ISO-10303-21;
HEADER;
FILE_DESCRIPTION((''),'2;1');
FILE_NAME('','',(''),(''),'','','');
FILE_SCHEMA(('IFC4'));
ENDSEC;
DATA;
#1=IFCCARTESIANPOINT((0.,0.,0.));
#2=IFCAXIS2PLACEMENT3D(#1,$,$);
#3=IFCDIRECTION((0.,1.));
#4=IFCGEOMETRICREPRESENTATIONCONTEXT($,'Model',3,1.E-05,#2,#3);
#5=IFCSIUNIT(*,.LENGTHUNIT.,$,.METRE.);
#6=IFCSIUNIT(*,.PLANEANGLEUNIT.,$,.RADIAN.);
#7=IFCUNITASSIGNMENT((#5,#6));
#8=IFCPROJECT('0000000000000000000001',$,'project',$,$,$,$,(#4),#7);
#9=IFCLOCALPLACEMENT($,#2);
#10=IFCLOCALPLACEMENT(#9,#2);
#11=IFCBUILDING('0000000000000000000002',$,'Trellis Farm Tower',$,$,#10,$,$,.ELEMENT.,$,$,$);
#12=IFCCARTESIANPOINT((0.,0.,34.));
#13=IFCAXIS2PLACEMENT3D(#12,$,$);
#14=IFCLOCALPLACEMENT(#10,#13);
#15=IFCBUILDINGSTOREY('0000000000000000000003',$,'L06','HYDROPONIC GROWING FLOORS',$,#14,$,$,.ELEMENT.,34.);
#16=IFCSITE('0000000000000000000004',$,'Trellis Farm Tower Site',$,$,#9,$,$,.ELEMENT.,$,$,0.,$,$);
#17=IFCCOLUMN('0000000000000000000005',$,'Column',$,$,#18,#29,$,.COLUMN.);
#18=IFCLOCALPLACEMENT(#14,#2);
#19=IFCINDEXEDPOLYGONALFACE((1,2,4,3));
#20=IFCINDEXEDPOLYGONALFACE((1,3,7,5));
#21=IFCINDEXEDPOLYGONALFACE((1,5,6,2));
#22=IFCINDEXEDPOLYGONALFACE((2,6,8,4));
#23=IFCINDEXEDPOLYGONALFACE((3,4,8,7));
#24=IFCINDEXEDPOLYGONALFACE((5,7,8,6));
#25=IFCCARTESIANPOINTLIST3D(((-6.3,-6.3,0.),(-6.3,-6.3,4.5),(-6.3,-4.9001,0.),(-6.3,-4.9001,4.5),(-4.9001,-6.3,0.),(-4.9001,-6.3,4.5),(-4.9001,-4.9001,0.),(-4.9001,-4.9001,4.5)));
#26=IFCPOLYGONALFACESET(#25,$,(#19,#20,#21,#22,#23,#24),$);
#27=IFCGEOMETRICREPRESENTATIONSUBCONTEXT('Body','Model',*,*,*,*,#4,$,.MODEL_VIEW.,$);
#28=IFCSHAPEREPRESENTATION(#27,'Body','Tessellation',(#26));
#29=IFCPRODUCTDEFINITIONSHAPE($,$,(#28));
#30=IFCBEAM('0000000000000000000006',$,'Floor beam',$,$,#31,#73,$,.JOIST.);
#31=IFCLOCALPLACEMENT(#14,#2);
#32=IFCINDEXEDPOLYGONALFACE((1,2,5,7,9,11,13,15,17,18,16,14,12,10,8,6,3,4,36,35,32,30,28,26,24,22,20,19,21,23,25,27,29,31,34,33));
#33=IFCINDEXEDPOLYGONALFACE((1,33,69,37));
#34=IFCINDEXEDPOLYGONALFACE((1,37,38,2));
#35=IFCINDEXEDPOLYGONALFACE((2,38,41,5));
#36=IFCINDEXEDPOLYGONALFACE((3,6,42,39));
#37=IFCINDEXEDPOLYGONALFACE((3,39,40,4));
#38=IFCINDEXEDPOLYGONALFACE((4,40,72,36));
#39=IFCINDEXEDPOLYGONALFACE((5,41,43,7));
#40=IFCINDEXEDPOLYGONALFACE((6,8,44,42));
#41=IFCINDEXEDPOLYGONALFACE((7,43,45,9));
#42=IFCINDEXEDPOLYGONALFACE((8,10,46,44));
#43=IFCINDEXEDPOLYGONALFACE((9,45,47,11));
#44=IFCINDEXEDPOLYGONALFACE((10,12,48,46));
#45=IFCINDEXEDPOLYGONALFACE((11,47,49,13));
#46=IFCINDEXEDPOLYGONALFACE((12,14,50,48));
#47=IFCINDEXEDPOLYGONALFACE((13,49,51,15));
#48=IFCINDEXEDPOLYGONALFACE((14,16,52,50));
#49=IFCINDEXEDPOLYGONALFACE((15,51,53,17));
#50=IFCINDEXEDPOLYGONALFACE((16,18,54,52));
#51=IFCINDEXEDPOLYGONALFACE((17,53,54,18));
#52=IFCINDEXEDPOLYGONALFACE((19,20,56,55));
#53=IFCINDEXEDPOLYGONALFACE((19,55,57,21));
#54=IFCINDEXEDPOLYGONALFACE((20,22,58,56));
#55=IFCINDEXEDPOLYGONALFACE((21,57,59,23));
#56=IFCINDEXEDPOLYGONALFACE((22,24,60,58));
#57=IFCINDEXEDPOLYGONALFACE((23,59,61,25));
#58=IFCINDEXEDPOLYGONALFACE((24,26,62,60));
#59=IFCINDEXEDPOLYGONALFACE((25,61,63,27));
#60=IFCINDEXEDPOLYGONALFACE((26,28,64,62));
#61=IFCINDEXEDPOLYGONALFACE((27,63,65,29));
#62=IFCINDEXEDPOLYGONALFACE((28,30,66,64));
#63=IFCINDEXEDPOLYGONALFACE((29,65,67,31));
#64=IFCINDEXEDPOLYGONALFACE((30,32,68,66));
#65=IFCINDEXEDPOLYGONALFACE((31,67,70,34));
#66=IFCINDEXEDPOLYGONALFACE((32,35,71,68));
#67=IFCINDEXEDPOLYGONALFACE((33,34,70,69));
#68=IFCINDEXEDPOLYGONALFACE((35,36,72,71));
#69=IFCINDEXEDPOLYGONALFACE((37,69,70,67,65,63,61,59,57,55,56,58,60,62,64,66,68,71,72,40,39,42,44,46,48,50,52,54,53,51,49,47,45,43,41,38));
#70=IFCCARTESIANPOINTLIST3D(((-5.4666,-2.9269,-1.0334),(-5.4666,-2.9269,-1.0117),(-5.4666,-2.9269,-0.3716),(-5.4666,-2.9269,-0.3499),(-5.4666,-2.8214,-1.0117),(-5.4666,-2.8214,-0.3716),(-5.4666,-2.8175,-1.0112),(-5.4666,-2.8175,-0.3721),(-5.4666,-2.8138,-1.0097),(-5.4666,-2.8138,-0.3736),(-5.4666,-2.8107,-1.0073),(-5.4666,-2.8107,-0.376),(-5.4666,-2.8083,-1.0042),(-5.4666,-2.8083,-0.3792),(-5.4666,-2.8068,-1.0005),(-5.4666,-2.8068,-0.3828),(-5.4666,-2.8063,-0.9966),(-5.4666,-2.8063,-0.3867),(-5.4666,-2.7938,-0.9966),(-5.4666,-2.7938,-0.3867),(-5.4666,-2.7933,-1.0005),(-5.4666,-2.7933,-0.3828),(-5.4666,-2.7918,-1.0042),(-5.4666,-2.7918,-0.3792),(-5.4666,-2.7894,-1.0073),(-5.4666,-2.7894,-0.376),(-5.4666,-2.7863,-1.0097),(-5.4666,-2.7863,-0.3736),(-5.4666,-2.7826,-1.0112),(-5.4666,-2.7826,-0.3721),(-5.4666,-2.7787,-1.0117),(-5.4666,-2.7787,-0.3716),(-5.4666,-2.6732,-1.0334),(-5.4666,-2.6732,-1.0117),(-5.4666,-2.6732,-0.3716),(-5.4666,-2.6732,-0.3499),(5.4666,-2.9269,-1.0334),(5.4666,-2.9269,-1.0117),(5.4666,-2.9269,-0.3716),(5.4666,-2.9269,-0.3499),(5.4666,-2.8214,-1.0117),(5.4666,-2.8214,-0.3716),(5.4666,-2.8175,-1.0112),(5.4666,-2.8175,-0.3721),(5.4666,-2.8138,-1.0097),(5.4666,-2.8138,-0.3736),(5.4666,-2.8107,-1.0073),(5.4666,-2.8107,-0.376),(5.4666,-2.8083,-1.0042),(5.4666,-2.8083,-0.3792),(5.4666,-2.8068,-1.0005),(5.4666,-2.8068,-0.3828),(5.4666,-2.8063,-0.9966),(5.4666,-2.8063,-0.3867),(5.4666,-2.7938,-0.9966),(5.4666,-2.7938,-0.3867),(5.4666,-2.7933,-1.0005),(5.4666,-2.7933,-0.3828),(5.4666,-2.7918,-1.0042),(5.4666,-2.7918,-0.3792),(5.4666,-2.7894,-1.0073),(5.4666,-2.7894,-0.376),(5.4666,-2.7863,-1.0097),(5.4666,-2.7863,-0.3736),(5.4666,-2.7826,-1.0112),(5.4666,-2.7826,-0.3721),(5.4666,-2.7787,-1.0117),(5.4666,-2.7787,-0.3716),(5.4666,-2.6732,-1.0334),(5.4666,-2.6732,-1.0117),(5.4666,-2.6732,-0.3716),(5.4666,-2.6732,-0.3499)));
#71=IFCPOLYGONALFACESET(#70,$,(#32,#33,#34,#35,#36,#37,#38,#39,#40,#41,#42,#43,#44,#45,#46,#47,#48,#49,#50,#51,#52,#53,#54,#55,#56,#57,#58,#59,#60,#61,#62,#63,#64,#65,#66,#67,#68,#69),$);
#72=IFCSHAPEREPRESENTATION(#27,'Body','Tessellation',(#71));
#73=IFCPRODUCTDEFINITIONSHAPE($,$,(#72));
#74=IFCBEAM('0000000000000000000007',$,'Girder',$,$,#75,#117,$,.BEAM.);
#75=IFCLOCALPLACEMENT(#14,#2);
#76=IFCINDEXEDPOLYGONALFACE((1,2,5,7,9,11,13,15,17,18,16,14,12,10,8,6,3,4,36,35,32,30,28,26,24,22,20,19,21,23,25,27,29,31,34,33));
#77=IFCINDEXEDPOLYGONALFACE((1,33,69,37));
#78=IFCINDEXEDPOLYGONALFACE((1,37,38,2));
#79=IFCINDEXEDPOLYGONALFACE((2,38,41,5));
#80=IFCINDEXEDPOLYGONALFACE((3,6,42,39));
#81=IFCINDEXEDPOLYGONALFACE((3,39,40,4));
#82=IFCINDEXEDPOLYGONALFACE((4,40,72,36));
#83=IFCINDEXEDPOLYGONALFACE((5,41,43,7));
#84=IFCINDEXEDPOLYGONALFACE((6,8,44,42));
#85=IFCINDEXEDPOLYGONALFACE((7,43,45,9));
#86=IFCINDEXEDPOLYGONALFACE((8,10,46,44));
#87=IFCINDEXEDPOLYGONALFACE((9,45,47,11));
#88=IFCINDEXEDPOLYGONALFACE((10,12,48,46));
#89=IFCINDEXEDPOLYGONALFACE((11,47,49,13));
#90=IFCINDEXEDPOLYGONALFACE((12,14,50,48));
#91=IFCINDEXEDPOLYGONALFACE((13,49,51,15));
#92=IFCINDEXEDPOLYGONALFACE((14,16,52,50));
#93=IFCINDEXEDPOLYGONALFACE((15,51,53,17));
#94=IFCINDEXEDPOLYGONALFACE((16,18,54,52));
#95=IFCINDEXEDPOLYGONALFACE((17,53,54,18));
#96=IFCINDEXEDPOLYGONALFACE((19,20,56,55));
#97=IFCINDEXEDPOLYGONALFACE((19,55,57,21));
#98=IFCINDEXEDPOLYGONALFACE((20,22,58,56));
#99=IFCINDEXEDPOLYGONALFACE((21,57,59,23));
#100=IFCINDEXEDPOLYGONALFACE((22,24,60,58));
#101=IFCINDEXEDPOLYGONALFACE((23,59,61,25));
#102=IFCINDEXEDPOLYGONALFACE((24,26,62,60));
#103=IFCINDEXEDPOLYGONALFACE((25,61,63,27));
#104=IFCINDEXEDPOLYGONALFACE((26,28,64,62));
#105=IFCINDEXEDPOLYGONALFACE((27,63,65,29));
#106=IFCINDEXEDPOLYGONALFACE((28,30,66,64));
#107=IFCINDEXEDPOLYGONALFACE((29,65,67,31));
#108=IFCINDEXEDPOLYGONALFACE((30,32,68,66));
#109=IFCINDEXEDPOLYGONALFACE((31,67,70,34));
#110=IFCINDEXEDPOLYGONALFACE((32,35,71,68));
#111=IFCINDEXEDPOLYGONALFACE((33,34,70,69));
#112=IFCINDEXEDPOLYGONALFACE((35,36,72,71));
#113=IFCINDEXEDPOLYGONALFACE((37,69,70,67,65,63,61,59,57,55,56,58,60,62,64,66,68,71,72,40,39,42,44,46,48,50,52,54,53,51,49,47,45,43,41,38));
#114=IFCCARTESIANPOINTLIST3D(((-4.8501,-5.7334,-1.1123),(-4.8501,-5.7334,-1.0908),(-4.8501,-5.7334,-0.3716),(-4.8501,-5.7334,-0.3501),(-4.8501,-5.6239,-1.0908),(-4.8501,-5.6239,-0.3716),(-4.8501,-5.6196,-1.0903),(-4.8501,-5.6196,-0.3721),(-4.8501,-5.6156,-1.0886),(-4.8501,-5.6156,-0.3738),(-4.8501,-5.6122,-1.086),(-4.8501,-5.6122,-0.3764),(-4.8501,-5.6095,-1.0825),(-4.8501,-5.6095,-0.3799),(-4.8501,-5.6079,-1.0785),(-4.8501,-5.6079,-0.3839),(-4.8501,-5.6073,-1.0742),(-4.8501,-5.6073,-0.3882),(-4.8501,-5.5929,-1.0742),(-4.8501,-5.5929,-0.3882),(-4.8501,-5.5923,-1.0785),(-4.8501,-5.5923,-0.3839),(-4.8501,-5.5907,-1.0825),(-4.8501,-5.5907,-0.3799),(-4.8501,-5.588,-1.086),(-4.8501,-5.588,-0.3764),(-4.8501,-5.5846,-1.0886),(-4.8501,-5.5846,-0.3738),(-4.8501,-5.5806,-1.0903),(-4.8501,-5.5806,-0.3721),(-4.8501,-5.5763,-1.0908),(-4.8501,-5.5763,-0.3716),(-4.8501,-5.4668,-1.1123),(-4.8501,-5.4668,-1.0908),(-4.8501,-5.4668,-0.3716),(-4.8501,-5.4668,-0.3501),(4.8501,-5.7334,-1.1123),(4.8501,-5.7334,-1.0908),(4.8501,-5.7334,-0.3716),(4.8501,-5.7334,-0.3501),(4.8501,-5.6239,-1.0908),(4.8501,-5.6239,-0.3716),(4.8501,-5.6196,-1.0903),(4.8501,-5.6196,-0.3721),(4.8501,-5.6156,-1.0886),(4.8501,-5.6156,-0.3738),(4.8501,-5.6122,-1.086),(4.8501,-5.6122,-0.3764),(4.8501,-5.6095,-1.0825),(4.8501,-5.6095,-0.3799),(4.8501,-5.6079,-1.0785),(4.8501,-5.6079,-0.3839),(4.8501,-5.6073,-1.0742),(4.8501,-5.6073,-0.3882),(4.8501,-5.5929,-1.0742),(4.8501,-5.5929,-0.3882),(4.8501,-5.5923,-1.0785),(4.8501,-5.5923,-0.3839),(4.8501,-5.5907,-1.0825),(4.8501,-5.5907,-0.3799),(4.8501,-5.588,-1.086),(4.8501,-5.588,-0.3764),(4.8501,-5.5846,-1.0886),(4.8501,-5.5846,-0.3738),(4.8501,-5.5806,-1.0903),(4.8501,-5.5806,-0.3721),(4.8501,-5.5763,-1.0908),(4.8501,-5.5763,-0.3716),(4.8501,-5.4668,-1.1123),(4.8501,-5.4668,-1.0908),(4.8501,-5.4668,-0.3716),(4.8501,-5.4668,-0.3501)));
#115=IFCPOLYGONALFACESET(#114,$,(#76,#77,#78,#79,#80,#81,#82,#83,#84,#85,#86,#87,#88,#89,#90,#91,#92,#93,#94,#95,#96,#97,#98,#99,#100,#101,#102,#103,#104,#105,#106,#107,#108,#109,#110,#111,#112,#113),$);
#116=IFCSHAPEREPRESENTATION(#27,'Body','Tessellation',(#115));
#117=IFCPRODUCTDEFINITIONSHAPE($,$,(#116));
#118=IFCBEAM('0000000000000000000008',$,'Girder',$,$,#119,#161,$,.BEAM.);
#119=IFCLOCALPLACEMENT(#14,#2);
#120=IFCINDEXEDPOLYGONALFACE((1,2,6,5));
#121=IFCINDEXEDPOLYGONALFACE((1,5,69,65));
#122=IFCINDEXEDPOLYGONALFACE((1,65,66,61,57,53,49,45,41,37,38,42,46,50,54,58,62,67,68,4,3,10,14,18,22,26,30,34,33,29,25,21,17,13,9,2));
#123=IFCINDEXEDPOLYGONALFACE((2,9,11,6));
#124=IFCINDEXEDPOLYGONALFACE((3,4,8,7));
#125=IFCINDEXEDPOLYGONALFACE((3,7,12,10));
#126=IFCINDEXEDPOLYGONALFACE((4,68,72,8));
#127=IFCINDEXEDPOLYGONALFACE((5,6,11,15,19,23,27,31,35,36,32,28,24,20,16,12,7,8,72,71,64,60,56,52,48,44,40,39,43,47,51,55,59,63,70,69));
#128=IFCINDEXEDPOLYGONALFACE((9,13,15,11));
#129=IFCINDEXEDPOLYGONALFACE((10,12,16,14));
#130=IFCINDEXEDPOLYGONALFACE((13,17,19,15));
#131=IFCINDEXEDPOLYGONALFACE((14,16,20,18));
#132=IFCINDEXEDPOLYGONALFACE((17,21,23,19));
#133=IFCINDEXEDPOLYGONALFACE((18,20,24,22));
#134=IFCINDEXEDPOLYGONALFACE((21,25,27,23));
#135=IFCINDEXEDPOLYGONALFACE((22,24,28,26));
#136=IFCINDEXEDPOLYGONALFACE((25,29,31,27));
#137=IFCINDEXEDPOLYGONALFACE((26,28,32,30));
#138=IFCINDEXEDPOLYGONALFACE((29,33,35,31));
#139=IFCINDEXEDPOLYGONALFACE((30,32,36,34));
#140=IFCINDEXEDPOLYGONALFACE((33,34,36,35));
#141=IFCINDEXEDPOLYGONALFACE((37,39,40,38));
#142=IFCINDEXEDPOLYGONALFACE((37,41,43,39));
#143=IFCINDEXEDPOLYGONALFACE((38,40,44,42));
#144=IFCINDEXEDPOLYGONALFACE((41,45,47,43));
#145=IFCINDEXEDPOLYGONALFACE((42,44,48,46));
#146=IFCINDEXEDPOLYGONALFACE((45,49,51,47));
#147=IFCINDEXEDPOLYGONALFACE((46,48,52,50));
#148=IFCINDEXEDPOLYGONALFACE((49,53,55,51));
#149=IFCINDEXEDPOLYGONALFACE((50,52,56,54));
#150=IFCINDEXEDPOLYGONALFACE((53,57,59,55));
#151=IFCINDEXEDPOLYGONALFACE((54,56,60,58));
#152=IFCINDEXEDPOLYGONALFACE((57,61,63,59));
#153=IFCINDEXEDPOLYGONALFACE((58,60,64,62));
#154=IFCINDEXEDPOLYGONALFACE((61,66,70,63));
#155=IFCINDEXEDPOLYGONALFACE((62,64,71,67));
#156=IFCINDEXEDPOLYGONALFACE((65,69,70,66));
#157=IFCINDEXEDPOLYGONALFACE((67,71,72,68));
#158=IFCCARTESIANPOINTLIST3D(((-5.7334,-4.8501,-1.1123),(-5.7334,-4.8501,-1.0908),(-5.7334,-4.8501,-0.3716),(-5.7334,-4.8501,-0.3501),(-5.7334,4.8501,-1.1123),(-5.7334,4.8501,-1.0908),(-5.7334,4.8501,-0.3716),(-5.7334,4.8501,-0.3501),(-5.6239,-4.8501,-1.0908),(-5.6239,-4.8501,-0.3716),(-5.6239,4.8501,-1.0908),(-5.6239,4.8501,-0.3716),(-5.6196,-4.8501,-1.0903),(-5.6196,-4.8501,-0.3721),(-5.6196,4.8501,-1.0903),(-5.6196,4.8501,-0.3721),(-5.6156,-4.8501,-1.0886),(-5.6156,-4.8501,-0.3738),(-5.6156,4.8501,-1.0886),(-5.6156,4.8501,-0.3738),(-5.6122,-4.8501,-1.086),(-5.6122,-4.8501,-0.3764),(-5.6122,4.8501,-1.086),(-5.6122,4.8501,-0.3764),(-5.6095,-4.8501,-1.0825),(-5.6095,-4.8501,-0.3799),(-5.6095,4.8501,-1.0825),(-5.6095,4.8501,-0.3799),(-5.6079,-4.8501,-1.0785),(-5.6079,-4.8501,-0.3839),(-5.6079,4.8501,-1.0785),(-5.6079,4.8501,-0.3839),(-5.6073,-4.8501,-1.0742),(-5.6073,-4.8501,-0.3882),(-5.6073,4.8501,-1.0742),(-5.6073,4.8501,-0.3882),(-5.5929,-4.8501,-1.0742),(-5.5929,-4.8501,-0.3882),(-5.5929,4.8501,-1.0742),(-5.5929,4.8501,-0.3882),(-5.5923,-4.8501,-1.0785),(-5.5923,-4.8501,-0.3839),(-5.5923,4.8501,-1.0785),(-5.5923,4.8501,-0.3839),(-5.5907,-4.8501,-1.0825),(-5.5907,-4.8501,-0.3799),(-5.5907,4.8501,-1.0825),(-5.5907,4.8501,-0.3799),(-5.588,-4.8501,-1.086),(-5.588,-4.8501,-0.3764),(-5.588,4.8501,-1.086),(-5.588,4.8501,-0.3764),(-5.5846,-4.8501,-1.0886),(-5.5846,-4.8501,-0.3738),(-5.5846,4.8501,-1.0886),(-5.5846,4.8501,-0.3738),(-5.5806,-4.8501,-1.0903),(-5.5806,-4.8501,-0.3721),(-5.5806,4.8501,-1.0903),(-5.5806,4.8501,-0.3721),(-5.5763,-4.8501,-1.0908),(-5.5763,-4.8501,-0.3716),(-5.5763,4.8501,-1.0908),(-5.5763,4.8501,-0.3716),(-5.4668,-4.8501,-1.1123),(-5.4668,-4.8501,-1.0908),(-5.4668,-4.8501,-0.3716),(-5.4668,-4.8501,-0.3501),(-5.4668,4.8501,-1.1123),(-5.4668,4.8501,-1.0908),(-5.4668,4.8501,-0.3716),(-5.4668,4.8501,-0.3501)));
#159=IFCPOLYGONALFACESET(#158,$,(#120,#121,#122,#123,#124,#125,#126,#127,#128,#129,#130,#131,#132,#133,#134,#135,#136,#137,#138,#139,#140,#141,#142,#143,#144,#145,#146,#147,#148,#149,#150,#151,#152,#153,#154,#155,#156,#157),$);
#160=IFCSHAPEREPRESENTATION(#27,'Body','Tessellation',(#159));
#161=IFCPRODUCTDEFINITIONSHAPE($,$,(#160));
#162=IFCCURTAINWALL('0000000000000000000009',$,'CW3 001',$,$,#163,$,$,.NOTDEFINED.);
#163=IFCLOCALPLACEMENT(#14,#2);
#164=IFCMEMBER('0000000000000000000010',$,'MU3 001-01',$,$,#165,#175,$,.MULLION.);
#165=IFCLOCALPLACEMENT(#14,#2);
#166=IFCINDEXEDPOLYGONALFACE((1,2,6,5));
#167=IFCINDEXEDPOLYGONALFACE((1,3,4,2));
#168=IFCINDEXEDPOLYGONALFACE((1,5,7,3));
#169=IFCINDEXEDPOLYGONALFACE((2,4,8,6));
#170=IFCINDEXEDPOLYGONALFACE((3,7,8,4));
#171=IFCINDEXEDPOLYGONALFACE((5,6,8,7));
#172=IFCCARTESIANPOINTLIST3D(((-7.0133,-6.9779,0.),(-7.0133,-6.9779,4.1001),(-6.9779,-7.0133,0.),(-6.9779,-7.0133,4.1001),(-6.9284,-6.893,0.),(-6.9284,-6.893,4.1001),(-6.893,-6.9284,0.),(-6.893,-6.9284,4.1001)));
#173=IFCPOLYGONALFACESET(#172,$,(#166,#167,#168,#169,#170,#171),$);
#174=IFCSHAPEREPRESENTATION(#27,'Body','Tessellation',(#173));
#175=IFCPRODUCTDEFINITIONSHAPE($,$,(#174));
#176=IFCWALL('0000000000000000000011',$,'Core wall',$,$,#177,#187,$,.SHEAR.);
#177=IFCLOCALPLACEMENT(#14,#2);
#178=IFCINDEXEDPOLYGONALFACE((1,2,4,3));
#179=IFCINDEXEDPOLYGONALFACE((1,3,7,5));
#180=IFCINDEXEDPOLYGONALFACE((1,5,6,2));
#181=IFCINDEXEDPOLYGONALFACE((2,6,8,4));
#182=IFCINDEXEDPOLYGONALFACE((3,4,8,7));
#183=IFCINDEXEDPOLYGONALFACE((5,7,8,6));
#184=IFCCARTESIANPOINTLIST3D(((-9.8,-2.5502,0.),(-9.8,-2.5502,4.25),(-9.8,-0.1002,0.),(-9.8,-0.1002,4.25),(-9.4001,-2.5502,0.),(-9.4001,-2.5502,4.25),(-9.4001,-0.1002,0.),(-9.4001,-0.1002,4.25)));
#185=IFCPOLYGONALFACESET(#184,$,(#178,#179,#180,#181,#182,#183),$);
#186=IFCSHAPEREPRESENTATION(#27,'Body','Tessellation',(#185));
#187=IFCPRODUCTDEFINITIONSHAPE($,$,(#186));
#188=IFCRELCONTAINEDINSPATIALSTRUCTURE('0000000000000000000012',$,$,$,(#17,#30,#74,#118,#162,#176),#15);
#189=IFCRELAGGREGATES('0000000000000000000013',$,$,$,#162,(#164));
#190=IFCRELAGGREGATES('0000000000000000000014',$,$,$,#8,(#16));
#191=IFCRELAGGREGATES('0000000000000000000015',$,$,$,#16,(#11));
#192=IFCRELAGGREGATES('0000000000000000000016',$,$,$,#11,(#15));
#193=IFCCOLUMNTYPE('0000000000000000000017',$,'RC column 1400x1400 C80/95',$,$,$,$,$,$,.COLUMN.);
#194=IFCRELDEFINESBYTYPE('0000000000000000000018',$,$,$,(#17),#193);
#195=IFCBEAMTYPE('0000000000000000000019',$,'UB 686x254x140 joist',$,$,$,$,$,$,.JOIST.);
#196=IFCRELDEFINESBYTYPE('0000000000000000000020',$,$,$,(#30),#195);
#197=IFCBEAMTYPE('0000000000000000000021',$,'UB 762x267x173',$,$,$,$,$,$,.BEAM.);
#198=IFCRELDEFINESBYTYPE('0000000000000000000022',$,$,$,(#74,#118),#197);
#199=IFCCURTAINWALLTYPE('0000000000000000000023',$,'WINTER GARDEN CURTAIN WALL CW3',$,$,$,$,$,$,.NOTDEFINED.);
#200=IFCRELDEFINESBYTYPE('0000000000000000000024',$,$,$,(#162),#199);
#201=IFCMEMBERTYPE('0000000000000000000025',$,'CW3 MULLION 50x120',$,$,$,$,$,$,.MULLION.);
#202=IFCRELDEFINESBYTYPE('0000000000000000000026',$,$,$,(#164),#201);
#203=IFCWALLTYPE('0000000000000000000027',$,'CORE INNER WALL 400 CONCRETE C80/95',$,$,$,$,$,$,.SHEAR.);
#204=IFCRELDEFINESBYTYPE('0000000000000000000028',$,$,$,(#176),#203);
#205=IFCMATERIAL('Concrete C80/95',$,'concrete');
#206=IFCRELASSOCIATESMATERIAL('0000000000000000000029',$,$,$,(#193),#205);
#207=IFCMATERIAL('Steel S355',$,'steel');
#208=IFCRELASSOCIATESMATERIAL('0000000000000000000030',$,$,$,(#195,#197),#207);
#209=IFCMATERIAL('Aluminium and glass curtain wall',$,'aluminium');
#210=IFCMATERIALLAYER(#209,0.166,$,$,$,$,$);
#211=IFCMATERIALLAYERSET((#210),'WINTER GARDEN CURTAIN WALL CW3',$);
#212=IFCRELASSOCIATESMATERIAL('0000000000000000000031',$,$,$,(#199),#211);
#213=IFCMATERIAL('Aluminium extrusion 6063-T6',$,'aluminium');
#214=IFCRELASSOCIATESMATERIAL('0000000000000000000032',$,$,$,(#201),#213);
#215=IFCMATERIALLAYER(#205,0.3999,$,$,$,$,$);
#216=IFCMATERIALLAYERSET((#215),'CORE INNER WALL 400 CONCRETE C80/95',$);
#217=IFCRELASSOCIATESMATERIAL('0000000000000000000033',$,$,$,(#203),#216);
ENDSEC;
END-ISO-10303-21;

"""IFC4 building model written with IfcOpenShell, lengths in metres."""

from ifc_helpers import new_model, si_unit, direction, frame, frame_2d, origin, origin_2d, place, context, subcontext, project, spatial, rectangle, i_section, extrude, source, transform, mapped, material, layer, layer_set, material_profile, profile_set, type_object, element, aggregate, save


model = new_model("IFC4")

# Units and contexts
model_context = context("Model", 3, precision=1e-05, world=origin(), true_north=direction((0.0, 1.0)))
body_context = subcontext(model_context, "Body", "Model", "MODEL_VIEW")
ifc_project = project(units=[si_unit("LENGTHUNIT", "METRE"), si_unit("PLANEANGLEUNIT", "RADIAN")], contexts=[model_context])

# Site, building, storey
site_placement = place(None, origin())
site = spatial("IfcSite", under=ifc_project, at=site_placement, Name="Trellis Farm Tower Site", CompositionType="ELEMENT", RefElevation=0.0)
building_placement = place(site_placement, origin())
building = spatial("IfcBuilding", under=site, at=building_placement, Name="Trellis Farm Tower", CompositionType="ELEMENT")
storey_placement = place(building_placement, frame((0.0, 0.0, 34.0)))
storey = spatial("IfcBuildingStorey", under=building, at=storey_placement, Name="L06", Description="HYDROPONIC GROWING FLOORS", CompositionType="ELEMENT", Elevation=34.0)

# Column
ifc_material_1 = material(Name="Concrete C80/95", Category="concrete")
ifc_material_profile_1 = material_profile(ifc_material_1, rectangle(XDim=1.3999, YDim=1.3999, at=origin_2d()), Name="RC column 1400x1400 C80/95")
ifc_profile_set_1 = profile_set([ifc_material_profile_1], Name="Concrete C80/95")
column_type = type_object("IfcColumnType", Name="RC column 1400x1400 C80/95", PredefinedType="COLUMN", material=ifc_profile_set_1)
shared_shape_1 = source(origin(), body_context, "Body", "SweptSolid", [
    extrude(rectangle(XDim=1.3999, YDim=1.3999, at=origin_2d()), origin(), (0.0, 0.0, 1.0), 4.5),
])
column_placement = place(storey_placement, frame((-5.6001, -5.6001, 0.0), z_axis=(0.0, 0.0, 1.0), x_axis=(1.0, 0.0, 0.0)))
element("IfcColumn", 1, at=column_placement, inside=storey, type_object=column_type, Name="Column", PredefinedType="COLUMN", context=body_context, shape_type="MappedRepresentation", body=[
    mapped(shared_shape_1, transform((0.0, 0.0, 0.0))),
])

# Beams
ifc_material_2 = material(Name="Steel S355", Category="steel")
ifc_material_profile_2 = material_profile(ifc_material_2, i_section(OverallWidth=0.2537, OverallDepth=0.6836, WebThickness=0.0125, FlangeThickness=0.0217, FilletRadius=0.0151, at=origin_2d()), Name="UB 686x254x140")
ifc_profile_set_2 = profile_set([ifc_material_profile_2], Name="Steel S355")
beam_type_1 = type_object("IfcBeamType", Name="UB 686x254x140 joist", PredefinedType="JOIST", material=ifc_profile_set_2)
shared_shape_2 = source(origin(), body_context, "Body", "SweptSolid", [
    extrude(i_section(OverallWidth=0.2537, OverallDepth=0.6836, WebThickness=0.0125, FlangeThickness=0.0217, FilletRadius=0.0151, at=origin_2d()), origin(), (0.0, 0.0, 1.0), 10.9331),
])
beam_placement = place(storey_placement, frame((-5.4666, -2.8, -0.6917), z_axis=(1.0, 0.0, 0.0), x_axis=(0.0, 1.0, 0.0)))
element("IfcBeam", 2, at=beam_placement, inside=storey, type_object=beam_type_1, Name="Floor beam", PredefinedType="JOIST", context=body_context, shape_type="MappedRepresentation", body=[
    mapped(shared_shape_2, transform((0.0, 0.0, 0.0))),
])
ifc_material_profile_3 = material_profile(ifc_material_2, i_section(OverallWidth=0.2666, OverallDepth=0.7622, WebThickness=0.0144, FlangeThickness=0.0215, FilletRadius=0.0166, at=origin_2d()), Name="UB 762x267x173")
ifc_profile_set_3 = profile_set([ifc_material_profile_3], Name="Steel S355")
beam_type_2 = type_object("IfcBeamType", Name="UB 762x267x173", PredefinedType="BEAM", material=ifc_profile_set_3)
shared_shape_3 = source(origin(), body_context, "Body", "SweptSolid", [
    extrude(i_section(OverallWidth=0.2666, OverallDepth=0.7622, WebThickness=0.0144, FlangeThickness=0.0215, FilletRadius=0.0166, at=origin_2d()), origin(), (0.0, 0.0, 1.0), 9.7002),
])
for number, where, z_axis, x_axis, name in (
    (3, (-4.8501, -5.6001, -0.7312), (1.0, 0.0, 0.0), (0.0, 1.0, 0.0), "Girder"),
    (4, (-5.6001, -4.8501, -0.7312), (0.0, 1.0, 0.0), (-1.0, 0.0, 0.0), "Girder"),
):
    element("IfcBeam", number, at=place(storey_placement, frame(where, z_axis=z_axis, x_axis=x_axis)), inside=storey, type_object=beam_type_2, Name=name, PredefinedType="BEAM", context=body_context, shape_type="MappedRepresentation", body=[
        mapped(shared_shape_3, transform((0.0, 0.0, 0.0))),
    ])

# Curtain wall, member
ifc_material_3 = material(Name="Aluminium and glass curtain wall", Category="aluminium")
ifc_layer_1 = layer(ifc_material_3, 0.166)
ifc_layer_set_1 = layer_set([ifc_layer_1], Name="WINTER GARDEN CURTAIN WALL CW3")
curtain_wall_type = type_object("IfcCurtainWallType", Name="WINTER GARDEN CURTAIN WALL CW3", PredefinedType="NOTDEFINED", material=ifc_layer_set_1)
curtain_wall_placement = place(storey_placement, origin())
curtain_wall = element("IfcCurtainWall", 5, at=curtain_wall_placement, inside=storey, type_object=curtain_wall_type, Name="CW3 001", PredefinedType="NOTDEFINED")
ifc_material_4 = material(Name="Aluminium extrusion 6063-T6", Category="aluminium")
ifc_material_profile_4 = material_profile(ifc_material_4, rectangle(XDim=0.05, YDim=0.1201, at=origin_2d()), Name="MULLION 50x120")
ifc_profile_set_4 = profile_set([ifc_material_profile_4], Name="Aluminium extrusion 6063-T6")
member_type = type_object("IfcMemberType", Name="CW3 MULLION 50x120", PredefinedType="MULLION", material=ifc_profile_set_4)
shared_shape_4 = source(origin(), body_context, "Body", "SweptSolid", [
    extrude(rectangle(XDim=0.05, YDim=0.1201, at=origin_2d()), origin(), (0.0, 0.0, 1.0), 4.1001),
])
member_placement = place(storey_placement, frame((-6.9531, -6.9531, 0.0), z_axis=(0.0, 0.0, 1.0), x_axis=(0.707107, -0.707107, 0.0)))
member = element("IfcMember", 6, at=member_placement, type_object=member_type, Name="MU3 001-01", PredefinedType="MULLION", context=body_context, shape_type="MappedRepresentation", body=[
    mapped(shared_shape_4, transform((0.0, 0.0, 0.0))),
])
aggregate(curtain_wall, [member])

# Wall
ifc_layer_2 = layer(ifc_material_1, 0.3999)
ifc_layer_set_2 = layer_set([ifc_layer_2], Name="CORE INNER WALL 400 CONCRETE C80/95")
wall_type_1 = type_object("IfcWallType", Name="CORE INNER WALL 400 CONCRETE C80/95", PredefinedType="SHEAR", material=ifc_layer_set_2)
shared_shape_5 = source(origin(), body_context, "Body", "SweptSolid", [
    extrude(rectangle(XDim=2.45, YDim=0.3999, at=frame_2d((1.2251, 0.0))), origin(), (0.0, 0.0, 1.0), 4.25),
])
wall_1_placement = place(storey_placement, frame((-9.6001, -0.1001, 0.0), z_axis=(0.0, 0.0, 1.0), x_axis=(0.0, -1.0, 0.0)))
element("IfcWall", 7, at=wall_1_placement, inside=storey, type_object=wall_type_1, Name="Core wall", PredefinedType="SHEAR", context=body_context, shape_type="MappedRepresentation", body=[
    mapped(shared_shape_5, transform((0.0, 0.0, 0.0))),
])

save(model, "model.ifc")
